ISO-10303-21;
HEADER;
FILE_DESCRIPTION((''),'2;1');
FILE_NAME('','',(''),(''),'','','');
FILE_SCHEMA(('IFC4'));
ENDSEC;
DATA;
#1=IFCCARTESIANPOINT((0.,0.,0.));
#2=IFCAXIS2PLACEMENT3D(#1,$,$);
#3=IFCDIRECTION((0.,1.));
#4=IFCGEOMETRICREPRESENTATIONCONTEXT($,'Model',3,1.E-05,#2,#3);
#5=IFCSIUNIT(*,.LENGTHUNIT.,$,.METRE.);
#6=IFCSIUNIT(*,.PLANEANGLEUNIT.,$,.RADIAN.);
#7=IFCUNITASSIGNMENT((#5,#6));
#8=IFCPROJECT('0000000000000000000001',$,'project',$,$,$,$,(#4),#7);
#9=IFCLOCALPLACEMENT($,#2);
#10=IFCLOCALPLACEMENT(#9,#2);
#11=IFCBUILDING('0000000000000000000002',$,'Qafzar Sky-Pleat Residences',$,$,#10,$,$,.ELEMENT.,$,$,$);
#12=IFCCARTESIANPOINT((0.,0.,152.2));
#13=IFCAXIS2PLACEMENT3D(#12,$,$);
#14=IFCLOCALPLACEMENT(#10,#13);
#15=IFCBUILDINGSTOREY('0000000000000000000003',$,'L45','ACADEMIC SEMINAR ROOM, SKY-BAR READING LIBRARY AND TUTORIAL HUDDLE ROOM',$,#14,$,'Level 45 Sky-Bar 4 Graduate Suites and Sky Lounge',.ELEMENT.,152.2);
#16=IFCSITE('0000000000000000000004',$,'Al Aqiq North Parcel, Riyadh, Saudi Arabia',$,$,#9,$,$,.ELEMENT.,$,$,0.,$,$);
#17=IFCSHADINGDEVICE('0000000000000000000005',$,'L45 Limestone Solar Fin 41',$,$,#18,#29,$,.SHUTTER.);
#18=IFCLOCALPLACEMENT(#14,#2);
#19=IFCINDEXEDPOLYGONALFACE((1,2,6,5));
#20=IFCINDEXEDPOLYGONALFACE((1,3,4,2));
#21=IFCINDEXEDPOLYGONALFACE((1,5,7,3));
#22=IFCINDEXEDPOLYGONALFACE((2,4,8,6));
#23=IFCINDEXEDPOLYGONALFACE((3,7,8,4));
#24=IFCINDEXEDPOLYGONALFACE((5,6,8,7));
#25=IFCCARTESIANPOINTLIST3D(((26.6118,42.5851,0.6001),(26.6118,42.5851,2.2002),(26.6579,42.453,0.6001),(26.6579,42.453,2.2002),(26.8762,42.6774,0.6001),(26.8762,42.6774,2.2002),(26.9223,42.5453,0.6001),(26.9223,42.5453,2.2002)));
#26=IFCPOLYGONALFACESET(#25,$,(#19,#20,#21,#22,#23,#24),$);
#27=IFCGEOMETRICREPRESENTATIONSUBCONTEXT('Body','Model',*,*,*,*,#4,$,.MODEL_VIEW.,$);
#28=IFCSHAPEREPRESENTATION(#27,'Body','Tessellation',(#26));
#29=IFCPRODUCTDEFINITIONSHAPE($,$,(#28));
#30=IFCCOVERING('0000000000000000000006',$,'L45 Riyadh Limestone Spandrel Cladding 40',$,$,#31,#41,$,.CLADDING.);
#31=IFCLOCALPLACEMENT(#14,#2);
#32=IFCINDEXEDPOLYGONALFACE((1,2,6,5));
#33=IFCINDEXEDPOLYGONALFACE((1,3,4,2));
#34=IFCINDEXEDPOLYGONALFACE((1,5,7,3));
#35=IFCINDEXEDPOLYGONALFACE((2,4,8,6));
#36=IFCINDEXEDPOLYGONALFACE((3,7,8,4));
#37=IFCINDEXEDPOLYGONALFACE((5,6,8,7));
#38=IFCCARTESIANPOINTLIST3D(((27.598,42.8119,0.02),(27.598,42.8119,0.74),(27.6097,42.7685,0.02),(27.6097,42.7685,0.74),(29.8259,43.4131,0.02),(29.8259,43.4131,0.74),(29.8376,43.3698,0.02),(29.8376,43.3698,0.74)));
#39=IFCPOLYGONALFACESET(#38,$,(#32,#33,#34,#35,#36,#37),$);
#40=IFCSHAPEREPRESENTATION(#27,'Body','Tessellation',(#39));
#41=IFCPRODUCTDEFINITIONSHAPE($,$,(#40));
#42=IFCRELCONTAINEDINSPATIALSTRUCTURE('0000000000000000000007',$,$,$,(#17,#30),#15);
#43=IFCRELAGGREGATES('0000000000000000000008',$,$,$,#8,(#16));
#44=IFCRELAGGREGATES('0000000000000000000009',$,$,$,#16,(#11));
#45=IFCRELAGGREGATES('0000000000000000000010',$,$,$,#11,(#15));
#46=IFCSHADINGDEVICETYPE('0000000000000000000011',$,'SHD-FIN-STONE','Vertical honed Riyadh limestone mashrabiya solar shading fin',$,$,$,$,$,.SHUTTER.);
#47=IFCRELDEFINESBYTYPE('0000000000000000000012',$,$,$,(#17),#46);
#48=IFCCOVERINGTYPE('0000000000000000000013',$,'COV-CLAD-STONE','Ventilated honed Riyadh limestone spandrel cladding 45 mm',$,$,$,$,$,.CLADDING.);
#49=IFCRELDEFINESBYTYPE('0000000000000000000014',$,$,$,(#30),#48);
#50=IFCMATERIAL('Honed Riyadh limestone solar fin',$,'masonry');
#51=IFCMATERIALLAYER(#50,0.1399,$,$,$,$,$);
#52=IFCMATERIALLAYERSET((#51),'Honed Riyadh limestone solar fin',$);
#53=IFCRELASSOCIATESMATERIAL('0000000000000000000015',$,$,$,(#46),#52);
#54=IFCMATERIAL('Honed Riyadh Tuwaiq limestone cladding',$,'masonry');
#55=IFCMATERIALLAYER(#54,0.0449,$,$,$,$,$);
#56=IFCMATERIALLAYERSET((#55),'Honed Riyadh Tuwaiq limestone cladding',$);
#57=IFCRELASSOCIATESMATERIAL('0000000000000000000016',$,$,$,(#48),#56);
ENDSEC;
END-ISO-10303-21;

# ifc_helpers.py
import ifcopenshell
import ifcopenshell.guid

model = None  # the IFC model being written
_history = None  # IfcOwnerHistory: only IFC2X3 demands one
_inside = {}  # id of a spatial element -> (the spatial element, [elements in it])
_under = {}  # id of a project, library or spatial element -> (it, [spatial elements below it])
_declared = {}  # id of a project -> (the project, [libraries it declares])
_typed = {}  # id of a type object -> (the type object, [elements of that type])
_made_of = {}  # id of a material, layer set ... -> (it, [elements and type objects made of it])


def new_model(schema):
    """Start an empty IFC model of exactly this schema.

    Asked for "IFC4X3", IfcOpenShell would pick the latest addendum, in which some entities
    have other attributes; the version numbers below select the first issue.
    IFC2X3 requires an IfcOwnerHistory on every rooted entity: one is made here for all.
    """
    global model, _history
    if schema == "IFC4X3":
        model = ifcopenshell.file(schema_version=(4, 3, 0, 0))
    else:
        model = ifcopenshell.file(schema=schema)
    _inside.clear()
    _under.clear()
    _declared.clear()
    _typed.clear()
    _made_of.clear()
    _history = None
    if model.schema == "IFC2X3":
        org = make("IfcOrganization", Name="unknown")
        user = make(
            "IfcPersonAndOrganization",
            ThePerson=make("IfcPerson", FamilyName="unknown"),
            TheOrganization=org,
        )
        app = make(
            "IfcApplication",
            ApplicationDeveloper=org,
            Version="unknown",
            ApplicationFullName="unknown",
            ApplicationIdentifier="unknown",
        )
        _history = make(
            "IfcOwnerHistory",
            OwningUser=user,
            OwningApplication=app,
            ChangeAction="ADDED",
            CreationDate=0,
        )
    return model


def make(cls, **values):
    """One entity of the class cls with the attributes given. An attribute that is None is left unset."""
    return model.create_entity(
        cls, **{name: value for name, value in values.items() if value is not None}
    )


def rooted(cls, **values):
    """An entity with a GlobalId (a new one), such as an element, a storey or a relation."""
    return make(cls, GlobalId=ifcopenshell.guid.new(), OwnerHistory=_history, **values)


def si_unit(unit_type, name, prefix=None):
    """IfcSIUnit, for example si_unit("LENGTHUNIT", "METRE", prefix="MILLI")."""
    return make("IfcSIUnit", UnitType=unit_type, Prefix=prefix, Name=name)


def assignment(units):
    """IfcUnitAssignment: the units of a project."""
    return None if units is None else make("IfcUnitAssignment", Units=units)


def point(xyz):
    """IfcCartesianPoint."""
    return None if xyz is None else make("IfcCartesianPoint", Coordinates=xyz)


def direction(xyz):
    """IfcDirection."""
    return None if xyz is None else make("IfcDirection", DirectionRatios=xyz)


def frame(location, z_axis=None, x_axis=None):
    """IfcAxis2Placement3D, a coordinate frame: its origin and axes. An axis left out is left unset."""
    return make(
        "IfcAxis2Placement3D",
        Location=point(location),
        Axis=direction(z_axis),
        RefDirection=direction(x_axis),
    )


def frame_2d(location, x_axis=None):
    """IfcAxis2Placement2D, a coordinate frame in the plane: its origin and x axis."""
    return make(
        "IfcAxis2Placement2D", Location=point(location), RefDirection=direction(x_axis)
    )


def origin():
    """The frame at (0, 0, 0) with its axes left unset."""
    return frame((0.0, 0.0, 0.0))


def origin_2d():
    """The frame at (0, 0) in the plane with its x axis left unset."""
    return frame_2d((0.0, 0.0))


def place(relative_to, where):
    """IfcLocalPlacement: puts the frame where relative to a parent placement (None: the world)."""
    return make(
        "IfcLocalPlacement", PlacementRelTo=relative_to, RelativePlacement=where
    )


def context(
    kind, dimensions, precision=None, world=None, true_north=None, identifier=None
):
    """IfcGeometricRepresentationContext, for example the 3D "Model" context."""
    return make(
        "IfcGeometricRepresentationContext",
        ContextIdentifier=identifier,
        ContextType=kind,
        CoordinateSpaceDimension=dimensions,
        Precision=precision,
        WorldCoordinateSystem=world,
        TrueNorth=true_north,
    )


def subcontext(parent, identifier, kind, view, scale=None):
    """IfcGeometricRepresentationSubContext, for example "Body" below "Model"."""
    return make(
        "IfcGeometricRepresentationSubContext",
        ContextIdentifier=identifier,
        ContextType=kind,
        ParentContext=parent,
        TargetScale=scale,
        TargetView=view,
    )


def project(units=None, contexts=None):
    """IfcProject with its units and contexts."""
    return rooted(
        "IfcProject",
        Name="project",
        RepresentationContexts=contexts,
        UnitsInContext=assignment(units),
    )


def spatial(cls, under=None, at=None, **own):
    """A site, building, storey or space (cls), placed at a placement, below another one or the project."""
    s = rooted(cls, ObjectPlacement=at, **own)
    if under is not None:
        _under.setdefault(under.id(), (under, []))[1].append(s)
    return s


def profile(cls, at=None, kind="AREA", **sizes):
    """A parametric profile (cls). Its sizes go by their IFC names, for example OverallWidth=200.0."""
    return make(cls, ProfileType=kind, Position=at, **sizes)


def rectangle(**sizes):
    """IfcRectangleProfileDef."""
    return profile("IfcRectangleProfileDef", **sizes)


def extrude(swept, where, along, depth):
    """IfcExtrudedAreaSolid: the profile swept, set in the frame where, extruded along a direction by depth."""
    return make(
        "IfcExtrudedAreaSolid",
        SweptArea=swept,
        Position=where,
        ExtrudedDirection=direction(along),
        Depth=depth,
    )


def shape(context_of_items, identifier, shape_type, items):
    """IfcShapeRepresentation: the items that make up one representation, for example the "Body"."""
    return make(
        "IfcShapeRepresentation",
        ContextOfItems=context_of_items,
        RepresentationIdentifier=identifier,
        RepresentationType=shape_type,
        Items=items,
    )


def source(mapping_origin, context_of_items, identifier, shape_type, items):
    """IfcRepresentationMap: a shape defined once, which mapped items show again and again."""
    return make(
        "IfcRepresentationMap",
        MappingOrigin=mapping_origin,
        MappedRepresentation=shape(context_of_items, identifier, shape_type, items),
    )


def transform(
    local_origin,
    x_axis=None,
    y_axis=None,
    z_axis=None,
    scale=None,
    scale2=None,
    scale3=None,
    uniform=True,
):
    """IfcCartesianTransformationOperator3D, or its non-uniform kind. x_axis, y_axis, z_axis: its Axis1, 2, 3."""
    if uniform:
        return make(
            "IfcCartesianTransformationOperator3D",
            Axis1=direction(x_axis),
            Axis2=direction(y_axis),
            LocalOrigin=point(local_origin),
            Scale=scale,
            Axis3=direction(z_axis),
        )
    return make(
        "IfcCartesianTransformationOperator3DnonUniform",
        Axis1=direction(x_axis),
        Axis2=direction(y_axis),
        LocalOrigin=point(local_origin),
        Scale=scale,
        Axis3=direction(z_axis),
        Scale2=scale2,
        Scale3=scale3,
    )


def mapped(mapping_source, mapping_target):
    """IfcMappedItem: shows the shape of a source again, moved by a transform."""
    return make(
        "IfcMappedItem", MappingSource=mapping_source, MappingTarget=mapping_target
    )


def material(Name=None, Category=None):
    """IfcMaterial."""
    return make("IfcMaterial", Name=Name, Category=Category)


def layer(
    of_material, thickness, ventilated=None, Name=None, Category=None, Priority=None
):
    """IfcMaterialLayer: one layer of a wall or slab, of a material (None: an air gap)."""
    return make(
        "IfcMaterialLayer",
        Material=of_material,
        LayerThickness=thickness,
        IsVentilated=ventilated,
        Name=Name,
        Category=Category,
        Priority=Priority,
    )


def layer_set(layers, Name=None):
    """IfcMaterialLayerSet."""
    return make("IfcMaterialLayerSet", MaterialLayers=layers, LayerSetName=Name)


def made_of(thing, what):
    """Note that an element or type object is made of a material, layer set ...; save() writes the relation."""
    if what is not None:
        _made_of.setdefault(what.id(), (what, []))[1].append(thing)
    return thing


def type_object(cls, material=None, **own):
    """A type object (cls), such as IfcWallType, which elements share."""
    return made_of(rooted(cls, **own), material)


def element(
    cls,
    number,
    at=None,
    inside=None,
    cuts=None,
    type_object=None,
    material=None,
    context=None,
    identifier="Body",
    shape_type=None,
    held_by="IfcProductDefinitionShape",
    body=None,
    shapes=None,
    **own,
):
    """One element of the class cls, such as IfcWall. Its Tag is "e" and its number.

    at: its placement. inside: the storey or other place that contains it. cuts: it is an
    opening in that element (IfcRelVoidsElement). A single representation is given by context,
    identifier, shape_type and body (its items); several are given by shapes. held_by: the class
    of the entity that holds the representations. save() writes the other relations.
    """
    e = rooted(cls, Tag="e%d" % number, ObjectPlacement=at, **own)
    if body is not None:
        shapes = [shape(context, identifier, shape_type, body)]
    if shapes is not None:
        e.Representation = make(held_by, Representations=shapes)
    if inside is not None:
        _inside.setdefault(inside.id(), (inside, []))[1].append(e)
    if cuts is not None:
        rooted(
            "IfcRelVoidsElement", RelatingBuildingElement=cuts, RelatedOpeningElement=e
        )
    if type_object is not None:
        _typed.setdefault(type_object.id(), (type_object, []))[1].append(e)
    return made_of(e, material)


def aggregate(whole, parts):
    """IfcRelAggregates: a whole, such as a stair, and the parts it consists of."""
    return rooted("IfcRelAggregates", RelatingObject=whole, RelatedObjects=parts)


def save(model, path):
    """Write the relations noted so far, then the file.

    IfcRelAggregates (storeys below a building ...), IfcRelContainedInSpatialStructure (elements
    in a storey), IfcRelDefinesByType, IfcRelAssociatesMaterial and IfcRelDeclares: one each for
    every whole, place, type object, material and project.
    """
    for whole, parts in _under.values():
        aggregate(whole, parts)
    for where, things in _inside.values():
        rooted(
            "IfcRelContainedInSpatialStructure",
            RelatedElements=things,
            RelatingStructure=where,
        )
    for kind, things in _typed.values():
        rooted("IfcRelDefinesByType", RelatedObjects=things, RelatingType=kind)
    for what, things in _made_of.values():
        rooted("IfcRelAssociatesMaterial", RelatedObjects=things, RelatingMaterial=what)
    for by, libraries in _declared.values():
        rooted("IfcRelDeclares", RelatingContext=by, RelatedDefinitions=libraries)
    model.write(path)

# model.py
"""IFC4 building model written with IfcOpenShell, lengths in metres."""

from ifc_helpers import new_model, si_unit, direction, frame, origin, origin_2d, place, context, subcontext, project, spatial, rectangle, extrude, source, transform, mapped, material, layer, layer_set, type_object, element, save


model = new_model("IFC4")

# Units and contexts
model_context = context("Model", 3, precision=1e-05, world=origin(), true_north=direction((0.0, 1.0)))
body_context = subcontext(model_context, "Body", "Model", "MODEL_VIEW")
ifc_project = project(units=[si_unit("LENGTHUNIT", "METRE"), si_unit("PLANEANGLEUNIT", "RADIAN")], contexts=[model_context])

# Site, building, storey
site_placement = place(None, origin())
site = spatial("IfcSite", under=ifc_project, at=site_placement, Name="Al Aqiq North Parcel, Riyadh, Saudi Arabia", CompositionType="ELEMENT", RefElevation=0.0)
building_placement = place(site_placement, origin())
building = spatial("IfcBuilding", under=site, at=building_placement, Name="Qafzar Sky-Pleat Residences", CompositionType="ELEMENT")
storey_placement = place(building_placement, frame((0.0, 0.0, 152.2)))
storey = spatial("IfcBuildingStorey", under=building, at=storey_placement, Name="L45", Description="ACADEMIC SEMINAR ROOM, SKY-BAR READING LIBRARY AND TUTORIAL HUDDLE ROOM", LongName="Level 45 Sky-Bar 4 Graduate Suites and Sky Lounge", CompositionType="ELEMENT", Elevation=152.2)

# Shading device
ifc_material_1 = material(Name="Honed Riyadh limestone solar fin", Category="masonry")
ifc_layer_1 = layer(ifc_material_1, 0.1399)
ifc_layer_set_1 = layer_set([ifc_layer_1], Name="Honed Riyadh limestone solar fin")
shading_device_type = type_object("IfcShadingDeviceType", Name="SHD-FIN-STONE", Description="Vertical honed Riyadh limestone mashrabiya solar shading fin", PredefinedType="SHUTTER", material=ifc_layer_set_1)
shared_shape_1 = source(origin(), body_context, "Body", "SweptSolid", [
    extrude(rectangle(XDim=0.1399, YDim=0.28, at=origin_2d()), origin(), (0.0, 0.0, 1.0), 1.6001),
])
shading_device_placement = place(storey_placement, frame((26.7671, 42.5652, 0.6001), z_axis=(0.0, 0.0, 1.0), x_axis=(-0.329563, 0.944134, 0.0)))
element("IfcShadingDevice", 1, at=shading_device_placement, inside=storey, type_object=shading_device_type, Name="L45 Limestone Solar Fin 41", PredefinedType="SHUTTER", context=body_context, shape_type="MappedRepresentation", body=[
    mapped(shared_shape_1, transform((0.0, 0.0, 0.0), x_axis=(1.0, 0.0, 0.0), y_axis=(0.0, 1.0, 0.0), z_axis=(0.0, 0.0, 1.0), scale=1.0)),
])

# Covering
ifc_material_2 = material(Name="Honed Riyadh Tuwaiq limestone cladding", Category="masonry")
ifc_layer_2 = layer(ifc_material_2, 0.0449)
ifc_layer_set_2 = layer_set([ifc_layer_2], Name="Honed Riyadh Tuwaiq limestone cladding")
covering_type = type_object("IfcCoveringType", Name="COV-CLAD-STONE", Description="Ventilated honed Riyadh limestone spandrel cladding 45 mm", PredefinedType="CLADDING", material=ifc_layer_set_2)
shared_shape_2 = source(origin(), body_context, "Body", "SweptSolid", [
    extrude(rectangle(XDim=2.3076, YDim=0.0449, at=origin_2d()), origin(), (0.0, 0.0, 1.0), 0.72),
])
covering_placement = place(storey_placement, frame((28.7178, 43.0908, 0.02), z_axis=(0.0, 0.0, 1.0), x_axis=(-0.965457, -0.260562, 0.0)))
element("IfcCovering", 2, at=covering_placement, inside=storey, type_object=covering_type, Name="L45 Riyadh Limestone Spandrel Cladding 40", PredefinedType="CLADDING", context=body_context, shape_type="MappedRepresentation", body=[
    mapped(shared_shape_2, transform((0.0, 0.0, 0.0), x_axis=(1.0, 0.0, 0.0), y_axis=(0.0, 1.0, 0.0), z_axis=(0.0, 0.0, 1.0), scale=1.0)),
])

save(model, "model.ifc")
